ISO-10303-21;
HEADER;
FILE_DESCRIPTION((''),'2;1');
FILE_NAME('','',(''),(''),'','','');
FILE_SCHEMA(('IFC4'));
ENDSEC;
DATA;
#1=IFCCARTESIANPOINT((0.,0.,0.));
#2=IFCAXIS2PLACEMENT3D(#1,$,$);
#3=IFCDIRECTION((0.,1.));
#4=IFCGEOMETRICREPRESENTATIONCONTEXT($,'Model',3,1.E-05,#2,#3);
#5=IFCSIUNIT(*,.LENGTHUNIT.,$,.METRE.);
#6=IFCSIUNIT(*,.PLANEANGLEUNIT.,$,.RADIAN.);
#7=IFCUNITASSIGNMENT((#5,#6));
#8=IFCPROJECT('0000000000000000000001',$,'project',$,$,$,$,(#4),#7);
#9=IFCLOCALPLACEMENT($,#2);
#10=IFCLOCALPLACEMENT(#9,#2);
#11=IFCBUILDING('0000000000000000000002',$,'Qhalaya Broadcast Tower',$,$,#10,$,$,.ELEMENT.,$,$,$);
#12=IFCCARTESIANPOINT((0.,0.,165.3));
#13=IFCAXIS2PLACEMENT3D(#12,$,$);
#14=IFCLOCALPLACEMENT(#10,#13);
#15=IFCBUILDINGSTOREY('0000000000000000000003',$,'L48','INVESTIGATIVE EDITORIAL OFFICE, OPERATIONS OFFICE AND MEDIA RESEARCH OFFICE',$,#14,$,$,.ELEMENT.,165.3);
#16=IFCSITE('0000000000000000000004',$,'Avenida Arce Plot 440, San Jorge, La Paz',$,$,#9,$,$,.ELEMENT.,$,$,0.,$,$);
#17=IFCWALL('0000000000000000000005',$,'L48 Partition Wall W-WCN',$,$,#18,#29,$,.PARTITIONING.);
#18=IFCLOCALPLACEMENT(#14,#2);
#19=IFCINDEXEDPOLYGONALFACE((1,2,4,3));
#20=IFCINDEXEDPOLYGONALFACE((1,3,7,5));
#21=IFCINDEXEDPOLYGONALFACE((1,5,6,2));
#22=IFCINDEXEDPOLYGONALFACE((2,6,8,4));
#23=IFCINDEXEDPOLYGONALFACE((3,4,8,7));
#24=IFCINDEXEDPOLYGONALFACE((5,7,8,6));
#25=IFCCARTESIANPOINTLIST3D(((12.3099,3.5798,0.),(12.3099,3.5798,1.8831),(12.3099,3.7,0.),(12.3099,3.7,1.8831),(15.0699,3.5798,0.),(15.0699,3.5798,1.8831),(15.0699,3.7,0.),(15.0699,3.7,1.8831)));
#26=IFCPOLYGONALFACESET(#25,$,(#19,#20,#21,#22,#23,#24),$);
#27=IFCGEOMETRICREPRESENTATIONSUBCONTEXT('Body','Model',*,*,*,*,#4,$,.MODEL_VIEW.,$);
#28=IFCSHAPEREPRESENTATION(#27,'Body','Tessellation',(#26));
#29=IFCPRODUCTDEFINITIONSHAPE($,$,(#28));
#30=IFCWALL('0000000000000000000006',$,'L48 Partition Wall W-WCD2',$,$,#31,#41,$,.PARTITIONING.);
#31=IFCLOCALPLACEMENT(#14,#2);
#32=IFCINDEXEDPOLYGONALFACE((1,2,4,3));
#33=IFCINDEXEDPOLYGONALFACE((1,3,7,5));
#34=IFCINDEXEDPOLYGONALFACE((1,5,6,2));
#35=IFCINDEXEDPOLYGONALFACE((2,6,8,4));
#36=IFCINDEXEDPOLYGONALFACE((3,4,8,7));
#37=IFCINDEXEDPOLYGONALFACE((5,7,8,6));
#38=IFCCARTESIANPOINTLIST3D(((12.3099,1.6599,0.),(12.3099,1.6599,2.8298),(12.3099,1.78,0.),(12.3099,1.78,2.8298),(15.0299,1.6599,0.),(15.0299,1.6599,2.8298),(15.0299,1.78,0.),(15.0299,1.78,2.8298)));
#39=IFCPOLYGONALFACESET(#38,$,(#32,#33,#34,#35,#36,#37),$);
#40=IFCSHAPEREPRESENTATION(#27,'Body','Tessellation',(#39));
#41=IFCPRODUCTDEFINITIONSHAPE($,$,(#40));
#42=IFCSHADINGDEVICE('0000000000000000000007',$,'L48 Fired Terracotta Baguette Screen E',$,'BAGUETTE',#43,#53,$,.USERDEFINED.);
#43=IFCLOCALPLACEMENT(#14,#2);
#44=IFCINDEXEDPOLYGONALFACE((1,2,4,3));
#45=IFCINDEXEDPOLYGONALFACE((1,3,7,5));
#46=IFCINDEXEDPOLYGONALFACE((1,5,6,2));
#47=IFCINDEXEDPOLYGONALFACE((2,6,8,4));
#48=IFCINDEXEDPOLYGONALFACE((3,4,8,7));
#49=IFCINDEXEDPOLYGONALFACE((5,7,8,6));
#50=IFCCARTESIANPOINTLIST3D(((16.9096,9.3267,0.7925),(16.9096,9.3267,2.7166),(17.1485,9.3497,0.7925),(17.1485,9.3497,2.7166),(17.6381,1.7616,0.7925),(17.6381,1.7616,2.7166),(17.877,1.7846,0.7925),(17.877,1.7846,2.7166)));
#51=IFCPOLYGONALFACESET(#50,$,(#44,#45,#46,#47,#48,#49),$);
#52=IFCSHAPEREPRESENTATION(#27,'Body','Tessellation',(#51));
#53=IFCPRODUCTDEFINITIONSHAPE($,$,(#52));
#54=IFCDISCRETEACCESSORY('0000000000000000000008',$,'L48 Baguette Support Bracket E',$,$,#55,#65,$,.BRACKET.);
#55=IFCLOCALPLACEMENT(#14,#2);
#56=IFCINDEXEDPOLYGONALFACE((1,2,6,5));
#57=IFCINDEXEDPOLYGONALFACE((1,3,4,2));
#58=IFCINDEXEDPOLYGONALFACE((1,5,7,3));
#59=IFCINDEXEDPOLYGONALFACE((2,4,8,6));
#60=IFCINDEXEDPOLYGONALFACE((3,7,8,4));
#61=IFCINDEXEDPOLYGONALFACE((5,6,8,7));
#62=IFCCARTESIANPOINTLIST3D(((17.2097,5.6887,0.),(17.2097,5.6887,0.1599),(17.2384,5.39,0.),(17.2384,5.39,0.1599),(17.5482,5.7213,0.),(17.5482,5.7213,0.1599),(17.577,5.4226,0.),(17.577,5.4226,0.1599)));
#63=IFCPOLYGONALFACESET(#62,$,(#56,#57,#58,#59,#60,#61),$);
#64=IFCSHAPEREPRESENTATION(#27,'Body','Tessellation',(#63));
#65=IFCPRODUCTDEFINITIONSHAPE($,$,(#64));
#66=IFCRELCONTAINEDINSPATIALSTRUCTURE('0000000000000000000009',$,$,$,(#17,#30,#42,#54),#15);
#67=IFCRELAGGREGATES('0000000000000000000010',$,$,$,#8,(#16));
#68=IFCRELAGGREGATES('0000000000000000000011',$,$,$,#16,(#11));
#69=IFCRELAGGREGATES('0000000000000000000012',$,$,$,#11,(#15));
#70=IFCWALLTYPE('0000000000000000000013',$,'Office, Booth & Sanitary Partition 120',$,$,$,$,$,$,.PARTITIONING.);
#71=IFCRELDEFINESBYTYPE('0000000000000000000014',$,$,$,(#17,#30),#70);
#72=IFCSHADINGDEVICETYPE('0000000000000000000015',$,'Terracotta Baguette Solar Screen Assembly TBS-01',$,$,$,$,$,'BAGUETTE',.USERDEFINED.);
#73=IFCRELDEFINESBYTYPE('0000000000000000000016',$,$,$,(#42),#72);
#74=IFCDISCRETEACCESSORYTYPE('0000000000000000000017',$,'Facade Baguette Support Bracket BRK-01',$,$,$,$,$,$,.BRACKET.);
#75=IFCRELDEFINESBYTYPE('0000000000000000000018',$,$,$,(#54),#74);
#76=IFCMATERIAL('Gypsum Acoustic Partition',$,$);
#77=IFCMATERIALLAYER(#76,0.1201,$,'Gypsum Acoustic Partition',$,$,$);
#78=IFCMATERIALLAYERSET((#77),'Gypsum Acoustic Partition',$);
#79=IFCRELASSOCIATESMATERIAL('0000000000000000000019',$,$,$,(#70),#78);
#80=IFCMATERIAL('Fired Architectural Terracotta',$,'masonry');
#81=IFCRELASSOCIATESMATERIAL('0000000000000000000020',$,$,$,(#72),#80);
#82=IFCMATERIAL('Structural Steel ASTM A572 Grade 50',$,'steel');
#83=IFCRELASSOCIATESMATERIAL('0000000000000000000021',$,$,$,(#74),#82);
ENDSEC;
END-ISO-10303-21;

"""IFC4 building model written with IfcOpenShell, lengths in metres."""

from ifc_helpers import new_model, si_unit, direction, frame, frame_2d, origin, origin_2d, place, context, subcontext, project, spatial, rectangle, extrude, material, layer, layer_set, type_object, element, save


model = new_model("IFC4")

# Units and contexts
model_context = context("Model", 3, precision=1e-05, world=origin(), true_north=direction((0.0, 1.0)))
body_context = subcontext(model_context, "Body", "Model", "MODEL_VIEW")
ifc_project = project(units=[si_unit("LENGTHUNIT", "METRE"), si_unit("PLANEANGLEUNIT", "RADIAN")], contexts=[model_context])

# Site, building, storey
site_placement = place(None, origin())
site = spatial("IfcSite", under=ifc_project, at=site_placement, Name="Avenida Arce Plot 440, San Jorge, La Paz", CompositionType="ELEMENT", RefElevation=0.0)
building_placement = place(site_placement, origin())
building = spatial("IfcBuilding", under=site, at=building_placement, Name="Qhalaya Broadcast Tower", CompositionType="ELEMENT")
storey_placement = place(building_placement, frame((0.0, 0.0, 165.3)))
storey = spatial("IfcBuildingStorey", under=building, at=storey_placement, Name="L48", Description="INVESTIGATIVE EDITORIAL OFFICE, OPERATIONS OFFICE AND MEDIA RESEARCH OFFICE", CompositionType="ELEMENT", Elevation=165.3)

# Shared definitions
ifc_material_1 = material(Name="Fired Architectural Terracotta", Category="masonry")

# Shared definitions
ifc_material_2 = material(Name="Gypsum Acoustic Partition")
ifc_layer_1 = layer(ifc_material_2, 0.1201, Name="Gypsum Acoustic Partition")
ifc_layer_set_1 = layer_set([ifc_layer_1], Name="Gypsum Acoustic Partition")
wall_type_1 = type_object("IfcWallType", Name="Office, Booth & Sanitary Partition 120", PredefinedType="PARTITIONING", material=ifc_layer_set_1)

# Walls
wall_1_placement = place(storey_placement, frame((12.3101, 3.6399, 0.0), z_axis=(0.0, 0.0, 1.0), x_axis=(1.0, 0.0, 0.0)))
element("IfcWall", 1, at=wall_1_placement, inside=storey, type_object=wall_type_1, Name="L48 Partition Wall W-WCN", PredefinedType="PARTITIONING", context=body_context, shape_type="SweptSolid", body=[
    extrude(rectangle(XDim=2.76, YDim=0.1201, at=frame_2d((1.3799, 0.0))), origin(), (0.0, 0.0, 1.0), 1.8831),
])
wall_2_placement = place(storey_placement, frame((12.3101, 1.72, 0.0), z_axis=(0.0, 0.0, 1.0), x_axis=(1.0, 0.0, 0.0)))
element("IfcWall", 2, at=wall_2_placement, inside=storey, type_object=wall_type_1, Name="L48 Partition Wall W-WCD2", PredefinedType="PARTITIONING", context=body_context, shape_type="SweptSolid", body=[
    extrude(rectangle(XDim=2.72, YDim=0.1201, at=frame_2d((1.3599, 0.0))), origin(), (0.0, 0.0, 1.0), 2.8298),
])

# Shading device
shading_device_type = type_object("IfcShadingDeviceType", Name="Terracotta Baguette Solar Screen Assembly TBS-01", ElementType="BAGUETTE", PredefinedType="USERDEFINED", material=ifc_material_1)
shading_device_placement = place(storey_placement, frame((17.3933, 5.5557, 0.7925), z_axis=(0.0, 0.0, 1.0), x_axis=(-0.095846, 0.995396, 0.0)))
element("IfcShadingDevice", 3, at=shading_device_placement, inside=storey, type_object=shading_device_type, Name="L48 Fired Terracotta Baguette Screen E", ObjectType="BAGUETTE", PredefinedType="USERDEFINED", context=body_context, shape_type="SweptSolid", body=[
    extrude(rectangle(XDim=7.6001, YDim=0.24, at=origin_2d()), origin(), (0.0, 0.0, 1.0), 1.9241),
])

# Discrete accessory
ifc_material_3 = material(Name="Structural Steel ASTM A572 Grade 50", Category="steel")
discrete_accessory_type = type_object("IfcDiscreteAccessoryType", Name="Facade Baguette Support Bracket BRK-01", PredefinedType="BRACKET", material=ifc_material_3)
discrete_accessory_placement = place(storey_placement, frame((17.3933, 5.5557, 0.0), z_axis=(0.0, 0.0, 1.0), x_axis=(-0.095846, 0.995396, 0.0)))
element("IfcDiscreteAccessory", 4, at=discrete_accessory_placement, inside=storey, type_object=discrete_accessory_type, Name="L48 Baguette Support Bracket E", PredefinedType="BRACKET", context=body_context, shape_type="SweptSolid", body=[
    extrude(rectangle(XDim=0.3, YDim=0.3401, at=origin_2d()), origin(), (0.0, 0.0, 1.0), 0.1599),
])

save(model, "model.ifc")
